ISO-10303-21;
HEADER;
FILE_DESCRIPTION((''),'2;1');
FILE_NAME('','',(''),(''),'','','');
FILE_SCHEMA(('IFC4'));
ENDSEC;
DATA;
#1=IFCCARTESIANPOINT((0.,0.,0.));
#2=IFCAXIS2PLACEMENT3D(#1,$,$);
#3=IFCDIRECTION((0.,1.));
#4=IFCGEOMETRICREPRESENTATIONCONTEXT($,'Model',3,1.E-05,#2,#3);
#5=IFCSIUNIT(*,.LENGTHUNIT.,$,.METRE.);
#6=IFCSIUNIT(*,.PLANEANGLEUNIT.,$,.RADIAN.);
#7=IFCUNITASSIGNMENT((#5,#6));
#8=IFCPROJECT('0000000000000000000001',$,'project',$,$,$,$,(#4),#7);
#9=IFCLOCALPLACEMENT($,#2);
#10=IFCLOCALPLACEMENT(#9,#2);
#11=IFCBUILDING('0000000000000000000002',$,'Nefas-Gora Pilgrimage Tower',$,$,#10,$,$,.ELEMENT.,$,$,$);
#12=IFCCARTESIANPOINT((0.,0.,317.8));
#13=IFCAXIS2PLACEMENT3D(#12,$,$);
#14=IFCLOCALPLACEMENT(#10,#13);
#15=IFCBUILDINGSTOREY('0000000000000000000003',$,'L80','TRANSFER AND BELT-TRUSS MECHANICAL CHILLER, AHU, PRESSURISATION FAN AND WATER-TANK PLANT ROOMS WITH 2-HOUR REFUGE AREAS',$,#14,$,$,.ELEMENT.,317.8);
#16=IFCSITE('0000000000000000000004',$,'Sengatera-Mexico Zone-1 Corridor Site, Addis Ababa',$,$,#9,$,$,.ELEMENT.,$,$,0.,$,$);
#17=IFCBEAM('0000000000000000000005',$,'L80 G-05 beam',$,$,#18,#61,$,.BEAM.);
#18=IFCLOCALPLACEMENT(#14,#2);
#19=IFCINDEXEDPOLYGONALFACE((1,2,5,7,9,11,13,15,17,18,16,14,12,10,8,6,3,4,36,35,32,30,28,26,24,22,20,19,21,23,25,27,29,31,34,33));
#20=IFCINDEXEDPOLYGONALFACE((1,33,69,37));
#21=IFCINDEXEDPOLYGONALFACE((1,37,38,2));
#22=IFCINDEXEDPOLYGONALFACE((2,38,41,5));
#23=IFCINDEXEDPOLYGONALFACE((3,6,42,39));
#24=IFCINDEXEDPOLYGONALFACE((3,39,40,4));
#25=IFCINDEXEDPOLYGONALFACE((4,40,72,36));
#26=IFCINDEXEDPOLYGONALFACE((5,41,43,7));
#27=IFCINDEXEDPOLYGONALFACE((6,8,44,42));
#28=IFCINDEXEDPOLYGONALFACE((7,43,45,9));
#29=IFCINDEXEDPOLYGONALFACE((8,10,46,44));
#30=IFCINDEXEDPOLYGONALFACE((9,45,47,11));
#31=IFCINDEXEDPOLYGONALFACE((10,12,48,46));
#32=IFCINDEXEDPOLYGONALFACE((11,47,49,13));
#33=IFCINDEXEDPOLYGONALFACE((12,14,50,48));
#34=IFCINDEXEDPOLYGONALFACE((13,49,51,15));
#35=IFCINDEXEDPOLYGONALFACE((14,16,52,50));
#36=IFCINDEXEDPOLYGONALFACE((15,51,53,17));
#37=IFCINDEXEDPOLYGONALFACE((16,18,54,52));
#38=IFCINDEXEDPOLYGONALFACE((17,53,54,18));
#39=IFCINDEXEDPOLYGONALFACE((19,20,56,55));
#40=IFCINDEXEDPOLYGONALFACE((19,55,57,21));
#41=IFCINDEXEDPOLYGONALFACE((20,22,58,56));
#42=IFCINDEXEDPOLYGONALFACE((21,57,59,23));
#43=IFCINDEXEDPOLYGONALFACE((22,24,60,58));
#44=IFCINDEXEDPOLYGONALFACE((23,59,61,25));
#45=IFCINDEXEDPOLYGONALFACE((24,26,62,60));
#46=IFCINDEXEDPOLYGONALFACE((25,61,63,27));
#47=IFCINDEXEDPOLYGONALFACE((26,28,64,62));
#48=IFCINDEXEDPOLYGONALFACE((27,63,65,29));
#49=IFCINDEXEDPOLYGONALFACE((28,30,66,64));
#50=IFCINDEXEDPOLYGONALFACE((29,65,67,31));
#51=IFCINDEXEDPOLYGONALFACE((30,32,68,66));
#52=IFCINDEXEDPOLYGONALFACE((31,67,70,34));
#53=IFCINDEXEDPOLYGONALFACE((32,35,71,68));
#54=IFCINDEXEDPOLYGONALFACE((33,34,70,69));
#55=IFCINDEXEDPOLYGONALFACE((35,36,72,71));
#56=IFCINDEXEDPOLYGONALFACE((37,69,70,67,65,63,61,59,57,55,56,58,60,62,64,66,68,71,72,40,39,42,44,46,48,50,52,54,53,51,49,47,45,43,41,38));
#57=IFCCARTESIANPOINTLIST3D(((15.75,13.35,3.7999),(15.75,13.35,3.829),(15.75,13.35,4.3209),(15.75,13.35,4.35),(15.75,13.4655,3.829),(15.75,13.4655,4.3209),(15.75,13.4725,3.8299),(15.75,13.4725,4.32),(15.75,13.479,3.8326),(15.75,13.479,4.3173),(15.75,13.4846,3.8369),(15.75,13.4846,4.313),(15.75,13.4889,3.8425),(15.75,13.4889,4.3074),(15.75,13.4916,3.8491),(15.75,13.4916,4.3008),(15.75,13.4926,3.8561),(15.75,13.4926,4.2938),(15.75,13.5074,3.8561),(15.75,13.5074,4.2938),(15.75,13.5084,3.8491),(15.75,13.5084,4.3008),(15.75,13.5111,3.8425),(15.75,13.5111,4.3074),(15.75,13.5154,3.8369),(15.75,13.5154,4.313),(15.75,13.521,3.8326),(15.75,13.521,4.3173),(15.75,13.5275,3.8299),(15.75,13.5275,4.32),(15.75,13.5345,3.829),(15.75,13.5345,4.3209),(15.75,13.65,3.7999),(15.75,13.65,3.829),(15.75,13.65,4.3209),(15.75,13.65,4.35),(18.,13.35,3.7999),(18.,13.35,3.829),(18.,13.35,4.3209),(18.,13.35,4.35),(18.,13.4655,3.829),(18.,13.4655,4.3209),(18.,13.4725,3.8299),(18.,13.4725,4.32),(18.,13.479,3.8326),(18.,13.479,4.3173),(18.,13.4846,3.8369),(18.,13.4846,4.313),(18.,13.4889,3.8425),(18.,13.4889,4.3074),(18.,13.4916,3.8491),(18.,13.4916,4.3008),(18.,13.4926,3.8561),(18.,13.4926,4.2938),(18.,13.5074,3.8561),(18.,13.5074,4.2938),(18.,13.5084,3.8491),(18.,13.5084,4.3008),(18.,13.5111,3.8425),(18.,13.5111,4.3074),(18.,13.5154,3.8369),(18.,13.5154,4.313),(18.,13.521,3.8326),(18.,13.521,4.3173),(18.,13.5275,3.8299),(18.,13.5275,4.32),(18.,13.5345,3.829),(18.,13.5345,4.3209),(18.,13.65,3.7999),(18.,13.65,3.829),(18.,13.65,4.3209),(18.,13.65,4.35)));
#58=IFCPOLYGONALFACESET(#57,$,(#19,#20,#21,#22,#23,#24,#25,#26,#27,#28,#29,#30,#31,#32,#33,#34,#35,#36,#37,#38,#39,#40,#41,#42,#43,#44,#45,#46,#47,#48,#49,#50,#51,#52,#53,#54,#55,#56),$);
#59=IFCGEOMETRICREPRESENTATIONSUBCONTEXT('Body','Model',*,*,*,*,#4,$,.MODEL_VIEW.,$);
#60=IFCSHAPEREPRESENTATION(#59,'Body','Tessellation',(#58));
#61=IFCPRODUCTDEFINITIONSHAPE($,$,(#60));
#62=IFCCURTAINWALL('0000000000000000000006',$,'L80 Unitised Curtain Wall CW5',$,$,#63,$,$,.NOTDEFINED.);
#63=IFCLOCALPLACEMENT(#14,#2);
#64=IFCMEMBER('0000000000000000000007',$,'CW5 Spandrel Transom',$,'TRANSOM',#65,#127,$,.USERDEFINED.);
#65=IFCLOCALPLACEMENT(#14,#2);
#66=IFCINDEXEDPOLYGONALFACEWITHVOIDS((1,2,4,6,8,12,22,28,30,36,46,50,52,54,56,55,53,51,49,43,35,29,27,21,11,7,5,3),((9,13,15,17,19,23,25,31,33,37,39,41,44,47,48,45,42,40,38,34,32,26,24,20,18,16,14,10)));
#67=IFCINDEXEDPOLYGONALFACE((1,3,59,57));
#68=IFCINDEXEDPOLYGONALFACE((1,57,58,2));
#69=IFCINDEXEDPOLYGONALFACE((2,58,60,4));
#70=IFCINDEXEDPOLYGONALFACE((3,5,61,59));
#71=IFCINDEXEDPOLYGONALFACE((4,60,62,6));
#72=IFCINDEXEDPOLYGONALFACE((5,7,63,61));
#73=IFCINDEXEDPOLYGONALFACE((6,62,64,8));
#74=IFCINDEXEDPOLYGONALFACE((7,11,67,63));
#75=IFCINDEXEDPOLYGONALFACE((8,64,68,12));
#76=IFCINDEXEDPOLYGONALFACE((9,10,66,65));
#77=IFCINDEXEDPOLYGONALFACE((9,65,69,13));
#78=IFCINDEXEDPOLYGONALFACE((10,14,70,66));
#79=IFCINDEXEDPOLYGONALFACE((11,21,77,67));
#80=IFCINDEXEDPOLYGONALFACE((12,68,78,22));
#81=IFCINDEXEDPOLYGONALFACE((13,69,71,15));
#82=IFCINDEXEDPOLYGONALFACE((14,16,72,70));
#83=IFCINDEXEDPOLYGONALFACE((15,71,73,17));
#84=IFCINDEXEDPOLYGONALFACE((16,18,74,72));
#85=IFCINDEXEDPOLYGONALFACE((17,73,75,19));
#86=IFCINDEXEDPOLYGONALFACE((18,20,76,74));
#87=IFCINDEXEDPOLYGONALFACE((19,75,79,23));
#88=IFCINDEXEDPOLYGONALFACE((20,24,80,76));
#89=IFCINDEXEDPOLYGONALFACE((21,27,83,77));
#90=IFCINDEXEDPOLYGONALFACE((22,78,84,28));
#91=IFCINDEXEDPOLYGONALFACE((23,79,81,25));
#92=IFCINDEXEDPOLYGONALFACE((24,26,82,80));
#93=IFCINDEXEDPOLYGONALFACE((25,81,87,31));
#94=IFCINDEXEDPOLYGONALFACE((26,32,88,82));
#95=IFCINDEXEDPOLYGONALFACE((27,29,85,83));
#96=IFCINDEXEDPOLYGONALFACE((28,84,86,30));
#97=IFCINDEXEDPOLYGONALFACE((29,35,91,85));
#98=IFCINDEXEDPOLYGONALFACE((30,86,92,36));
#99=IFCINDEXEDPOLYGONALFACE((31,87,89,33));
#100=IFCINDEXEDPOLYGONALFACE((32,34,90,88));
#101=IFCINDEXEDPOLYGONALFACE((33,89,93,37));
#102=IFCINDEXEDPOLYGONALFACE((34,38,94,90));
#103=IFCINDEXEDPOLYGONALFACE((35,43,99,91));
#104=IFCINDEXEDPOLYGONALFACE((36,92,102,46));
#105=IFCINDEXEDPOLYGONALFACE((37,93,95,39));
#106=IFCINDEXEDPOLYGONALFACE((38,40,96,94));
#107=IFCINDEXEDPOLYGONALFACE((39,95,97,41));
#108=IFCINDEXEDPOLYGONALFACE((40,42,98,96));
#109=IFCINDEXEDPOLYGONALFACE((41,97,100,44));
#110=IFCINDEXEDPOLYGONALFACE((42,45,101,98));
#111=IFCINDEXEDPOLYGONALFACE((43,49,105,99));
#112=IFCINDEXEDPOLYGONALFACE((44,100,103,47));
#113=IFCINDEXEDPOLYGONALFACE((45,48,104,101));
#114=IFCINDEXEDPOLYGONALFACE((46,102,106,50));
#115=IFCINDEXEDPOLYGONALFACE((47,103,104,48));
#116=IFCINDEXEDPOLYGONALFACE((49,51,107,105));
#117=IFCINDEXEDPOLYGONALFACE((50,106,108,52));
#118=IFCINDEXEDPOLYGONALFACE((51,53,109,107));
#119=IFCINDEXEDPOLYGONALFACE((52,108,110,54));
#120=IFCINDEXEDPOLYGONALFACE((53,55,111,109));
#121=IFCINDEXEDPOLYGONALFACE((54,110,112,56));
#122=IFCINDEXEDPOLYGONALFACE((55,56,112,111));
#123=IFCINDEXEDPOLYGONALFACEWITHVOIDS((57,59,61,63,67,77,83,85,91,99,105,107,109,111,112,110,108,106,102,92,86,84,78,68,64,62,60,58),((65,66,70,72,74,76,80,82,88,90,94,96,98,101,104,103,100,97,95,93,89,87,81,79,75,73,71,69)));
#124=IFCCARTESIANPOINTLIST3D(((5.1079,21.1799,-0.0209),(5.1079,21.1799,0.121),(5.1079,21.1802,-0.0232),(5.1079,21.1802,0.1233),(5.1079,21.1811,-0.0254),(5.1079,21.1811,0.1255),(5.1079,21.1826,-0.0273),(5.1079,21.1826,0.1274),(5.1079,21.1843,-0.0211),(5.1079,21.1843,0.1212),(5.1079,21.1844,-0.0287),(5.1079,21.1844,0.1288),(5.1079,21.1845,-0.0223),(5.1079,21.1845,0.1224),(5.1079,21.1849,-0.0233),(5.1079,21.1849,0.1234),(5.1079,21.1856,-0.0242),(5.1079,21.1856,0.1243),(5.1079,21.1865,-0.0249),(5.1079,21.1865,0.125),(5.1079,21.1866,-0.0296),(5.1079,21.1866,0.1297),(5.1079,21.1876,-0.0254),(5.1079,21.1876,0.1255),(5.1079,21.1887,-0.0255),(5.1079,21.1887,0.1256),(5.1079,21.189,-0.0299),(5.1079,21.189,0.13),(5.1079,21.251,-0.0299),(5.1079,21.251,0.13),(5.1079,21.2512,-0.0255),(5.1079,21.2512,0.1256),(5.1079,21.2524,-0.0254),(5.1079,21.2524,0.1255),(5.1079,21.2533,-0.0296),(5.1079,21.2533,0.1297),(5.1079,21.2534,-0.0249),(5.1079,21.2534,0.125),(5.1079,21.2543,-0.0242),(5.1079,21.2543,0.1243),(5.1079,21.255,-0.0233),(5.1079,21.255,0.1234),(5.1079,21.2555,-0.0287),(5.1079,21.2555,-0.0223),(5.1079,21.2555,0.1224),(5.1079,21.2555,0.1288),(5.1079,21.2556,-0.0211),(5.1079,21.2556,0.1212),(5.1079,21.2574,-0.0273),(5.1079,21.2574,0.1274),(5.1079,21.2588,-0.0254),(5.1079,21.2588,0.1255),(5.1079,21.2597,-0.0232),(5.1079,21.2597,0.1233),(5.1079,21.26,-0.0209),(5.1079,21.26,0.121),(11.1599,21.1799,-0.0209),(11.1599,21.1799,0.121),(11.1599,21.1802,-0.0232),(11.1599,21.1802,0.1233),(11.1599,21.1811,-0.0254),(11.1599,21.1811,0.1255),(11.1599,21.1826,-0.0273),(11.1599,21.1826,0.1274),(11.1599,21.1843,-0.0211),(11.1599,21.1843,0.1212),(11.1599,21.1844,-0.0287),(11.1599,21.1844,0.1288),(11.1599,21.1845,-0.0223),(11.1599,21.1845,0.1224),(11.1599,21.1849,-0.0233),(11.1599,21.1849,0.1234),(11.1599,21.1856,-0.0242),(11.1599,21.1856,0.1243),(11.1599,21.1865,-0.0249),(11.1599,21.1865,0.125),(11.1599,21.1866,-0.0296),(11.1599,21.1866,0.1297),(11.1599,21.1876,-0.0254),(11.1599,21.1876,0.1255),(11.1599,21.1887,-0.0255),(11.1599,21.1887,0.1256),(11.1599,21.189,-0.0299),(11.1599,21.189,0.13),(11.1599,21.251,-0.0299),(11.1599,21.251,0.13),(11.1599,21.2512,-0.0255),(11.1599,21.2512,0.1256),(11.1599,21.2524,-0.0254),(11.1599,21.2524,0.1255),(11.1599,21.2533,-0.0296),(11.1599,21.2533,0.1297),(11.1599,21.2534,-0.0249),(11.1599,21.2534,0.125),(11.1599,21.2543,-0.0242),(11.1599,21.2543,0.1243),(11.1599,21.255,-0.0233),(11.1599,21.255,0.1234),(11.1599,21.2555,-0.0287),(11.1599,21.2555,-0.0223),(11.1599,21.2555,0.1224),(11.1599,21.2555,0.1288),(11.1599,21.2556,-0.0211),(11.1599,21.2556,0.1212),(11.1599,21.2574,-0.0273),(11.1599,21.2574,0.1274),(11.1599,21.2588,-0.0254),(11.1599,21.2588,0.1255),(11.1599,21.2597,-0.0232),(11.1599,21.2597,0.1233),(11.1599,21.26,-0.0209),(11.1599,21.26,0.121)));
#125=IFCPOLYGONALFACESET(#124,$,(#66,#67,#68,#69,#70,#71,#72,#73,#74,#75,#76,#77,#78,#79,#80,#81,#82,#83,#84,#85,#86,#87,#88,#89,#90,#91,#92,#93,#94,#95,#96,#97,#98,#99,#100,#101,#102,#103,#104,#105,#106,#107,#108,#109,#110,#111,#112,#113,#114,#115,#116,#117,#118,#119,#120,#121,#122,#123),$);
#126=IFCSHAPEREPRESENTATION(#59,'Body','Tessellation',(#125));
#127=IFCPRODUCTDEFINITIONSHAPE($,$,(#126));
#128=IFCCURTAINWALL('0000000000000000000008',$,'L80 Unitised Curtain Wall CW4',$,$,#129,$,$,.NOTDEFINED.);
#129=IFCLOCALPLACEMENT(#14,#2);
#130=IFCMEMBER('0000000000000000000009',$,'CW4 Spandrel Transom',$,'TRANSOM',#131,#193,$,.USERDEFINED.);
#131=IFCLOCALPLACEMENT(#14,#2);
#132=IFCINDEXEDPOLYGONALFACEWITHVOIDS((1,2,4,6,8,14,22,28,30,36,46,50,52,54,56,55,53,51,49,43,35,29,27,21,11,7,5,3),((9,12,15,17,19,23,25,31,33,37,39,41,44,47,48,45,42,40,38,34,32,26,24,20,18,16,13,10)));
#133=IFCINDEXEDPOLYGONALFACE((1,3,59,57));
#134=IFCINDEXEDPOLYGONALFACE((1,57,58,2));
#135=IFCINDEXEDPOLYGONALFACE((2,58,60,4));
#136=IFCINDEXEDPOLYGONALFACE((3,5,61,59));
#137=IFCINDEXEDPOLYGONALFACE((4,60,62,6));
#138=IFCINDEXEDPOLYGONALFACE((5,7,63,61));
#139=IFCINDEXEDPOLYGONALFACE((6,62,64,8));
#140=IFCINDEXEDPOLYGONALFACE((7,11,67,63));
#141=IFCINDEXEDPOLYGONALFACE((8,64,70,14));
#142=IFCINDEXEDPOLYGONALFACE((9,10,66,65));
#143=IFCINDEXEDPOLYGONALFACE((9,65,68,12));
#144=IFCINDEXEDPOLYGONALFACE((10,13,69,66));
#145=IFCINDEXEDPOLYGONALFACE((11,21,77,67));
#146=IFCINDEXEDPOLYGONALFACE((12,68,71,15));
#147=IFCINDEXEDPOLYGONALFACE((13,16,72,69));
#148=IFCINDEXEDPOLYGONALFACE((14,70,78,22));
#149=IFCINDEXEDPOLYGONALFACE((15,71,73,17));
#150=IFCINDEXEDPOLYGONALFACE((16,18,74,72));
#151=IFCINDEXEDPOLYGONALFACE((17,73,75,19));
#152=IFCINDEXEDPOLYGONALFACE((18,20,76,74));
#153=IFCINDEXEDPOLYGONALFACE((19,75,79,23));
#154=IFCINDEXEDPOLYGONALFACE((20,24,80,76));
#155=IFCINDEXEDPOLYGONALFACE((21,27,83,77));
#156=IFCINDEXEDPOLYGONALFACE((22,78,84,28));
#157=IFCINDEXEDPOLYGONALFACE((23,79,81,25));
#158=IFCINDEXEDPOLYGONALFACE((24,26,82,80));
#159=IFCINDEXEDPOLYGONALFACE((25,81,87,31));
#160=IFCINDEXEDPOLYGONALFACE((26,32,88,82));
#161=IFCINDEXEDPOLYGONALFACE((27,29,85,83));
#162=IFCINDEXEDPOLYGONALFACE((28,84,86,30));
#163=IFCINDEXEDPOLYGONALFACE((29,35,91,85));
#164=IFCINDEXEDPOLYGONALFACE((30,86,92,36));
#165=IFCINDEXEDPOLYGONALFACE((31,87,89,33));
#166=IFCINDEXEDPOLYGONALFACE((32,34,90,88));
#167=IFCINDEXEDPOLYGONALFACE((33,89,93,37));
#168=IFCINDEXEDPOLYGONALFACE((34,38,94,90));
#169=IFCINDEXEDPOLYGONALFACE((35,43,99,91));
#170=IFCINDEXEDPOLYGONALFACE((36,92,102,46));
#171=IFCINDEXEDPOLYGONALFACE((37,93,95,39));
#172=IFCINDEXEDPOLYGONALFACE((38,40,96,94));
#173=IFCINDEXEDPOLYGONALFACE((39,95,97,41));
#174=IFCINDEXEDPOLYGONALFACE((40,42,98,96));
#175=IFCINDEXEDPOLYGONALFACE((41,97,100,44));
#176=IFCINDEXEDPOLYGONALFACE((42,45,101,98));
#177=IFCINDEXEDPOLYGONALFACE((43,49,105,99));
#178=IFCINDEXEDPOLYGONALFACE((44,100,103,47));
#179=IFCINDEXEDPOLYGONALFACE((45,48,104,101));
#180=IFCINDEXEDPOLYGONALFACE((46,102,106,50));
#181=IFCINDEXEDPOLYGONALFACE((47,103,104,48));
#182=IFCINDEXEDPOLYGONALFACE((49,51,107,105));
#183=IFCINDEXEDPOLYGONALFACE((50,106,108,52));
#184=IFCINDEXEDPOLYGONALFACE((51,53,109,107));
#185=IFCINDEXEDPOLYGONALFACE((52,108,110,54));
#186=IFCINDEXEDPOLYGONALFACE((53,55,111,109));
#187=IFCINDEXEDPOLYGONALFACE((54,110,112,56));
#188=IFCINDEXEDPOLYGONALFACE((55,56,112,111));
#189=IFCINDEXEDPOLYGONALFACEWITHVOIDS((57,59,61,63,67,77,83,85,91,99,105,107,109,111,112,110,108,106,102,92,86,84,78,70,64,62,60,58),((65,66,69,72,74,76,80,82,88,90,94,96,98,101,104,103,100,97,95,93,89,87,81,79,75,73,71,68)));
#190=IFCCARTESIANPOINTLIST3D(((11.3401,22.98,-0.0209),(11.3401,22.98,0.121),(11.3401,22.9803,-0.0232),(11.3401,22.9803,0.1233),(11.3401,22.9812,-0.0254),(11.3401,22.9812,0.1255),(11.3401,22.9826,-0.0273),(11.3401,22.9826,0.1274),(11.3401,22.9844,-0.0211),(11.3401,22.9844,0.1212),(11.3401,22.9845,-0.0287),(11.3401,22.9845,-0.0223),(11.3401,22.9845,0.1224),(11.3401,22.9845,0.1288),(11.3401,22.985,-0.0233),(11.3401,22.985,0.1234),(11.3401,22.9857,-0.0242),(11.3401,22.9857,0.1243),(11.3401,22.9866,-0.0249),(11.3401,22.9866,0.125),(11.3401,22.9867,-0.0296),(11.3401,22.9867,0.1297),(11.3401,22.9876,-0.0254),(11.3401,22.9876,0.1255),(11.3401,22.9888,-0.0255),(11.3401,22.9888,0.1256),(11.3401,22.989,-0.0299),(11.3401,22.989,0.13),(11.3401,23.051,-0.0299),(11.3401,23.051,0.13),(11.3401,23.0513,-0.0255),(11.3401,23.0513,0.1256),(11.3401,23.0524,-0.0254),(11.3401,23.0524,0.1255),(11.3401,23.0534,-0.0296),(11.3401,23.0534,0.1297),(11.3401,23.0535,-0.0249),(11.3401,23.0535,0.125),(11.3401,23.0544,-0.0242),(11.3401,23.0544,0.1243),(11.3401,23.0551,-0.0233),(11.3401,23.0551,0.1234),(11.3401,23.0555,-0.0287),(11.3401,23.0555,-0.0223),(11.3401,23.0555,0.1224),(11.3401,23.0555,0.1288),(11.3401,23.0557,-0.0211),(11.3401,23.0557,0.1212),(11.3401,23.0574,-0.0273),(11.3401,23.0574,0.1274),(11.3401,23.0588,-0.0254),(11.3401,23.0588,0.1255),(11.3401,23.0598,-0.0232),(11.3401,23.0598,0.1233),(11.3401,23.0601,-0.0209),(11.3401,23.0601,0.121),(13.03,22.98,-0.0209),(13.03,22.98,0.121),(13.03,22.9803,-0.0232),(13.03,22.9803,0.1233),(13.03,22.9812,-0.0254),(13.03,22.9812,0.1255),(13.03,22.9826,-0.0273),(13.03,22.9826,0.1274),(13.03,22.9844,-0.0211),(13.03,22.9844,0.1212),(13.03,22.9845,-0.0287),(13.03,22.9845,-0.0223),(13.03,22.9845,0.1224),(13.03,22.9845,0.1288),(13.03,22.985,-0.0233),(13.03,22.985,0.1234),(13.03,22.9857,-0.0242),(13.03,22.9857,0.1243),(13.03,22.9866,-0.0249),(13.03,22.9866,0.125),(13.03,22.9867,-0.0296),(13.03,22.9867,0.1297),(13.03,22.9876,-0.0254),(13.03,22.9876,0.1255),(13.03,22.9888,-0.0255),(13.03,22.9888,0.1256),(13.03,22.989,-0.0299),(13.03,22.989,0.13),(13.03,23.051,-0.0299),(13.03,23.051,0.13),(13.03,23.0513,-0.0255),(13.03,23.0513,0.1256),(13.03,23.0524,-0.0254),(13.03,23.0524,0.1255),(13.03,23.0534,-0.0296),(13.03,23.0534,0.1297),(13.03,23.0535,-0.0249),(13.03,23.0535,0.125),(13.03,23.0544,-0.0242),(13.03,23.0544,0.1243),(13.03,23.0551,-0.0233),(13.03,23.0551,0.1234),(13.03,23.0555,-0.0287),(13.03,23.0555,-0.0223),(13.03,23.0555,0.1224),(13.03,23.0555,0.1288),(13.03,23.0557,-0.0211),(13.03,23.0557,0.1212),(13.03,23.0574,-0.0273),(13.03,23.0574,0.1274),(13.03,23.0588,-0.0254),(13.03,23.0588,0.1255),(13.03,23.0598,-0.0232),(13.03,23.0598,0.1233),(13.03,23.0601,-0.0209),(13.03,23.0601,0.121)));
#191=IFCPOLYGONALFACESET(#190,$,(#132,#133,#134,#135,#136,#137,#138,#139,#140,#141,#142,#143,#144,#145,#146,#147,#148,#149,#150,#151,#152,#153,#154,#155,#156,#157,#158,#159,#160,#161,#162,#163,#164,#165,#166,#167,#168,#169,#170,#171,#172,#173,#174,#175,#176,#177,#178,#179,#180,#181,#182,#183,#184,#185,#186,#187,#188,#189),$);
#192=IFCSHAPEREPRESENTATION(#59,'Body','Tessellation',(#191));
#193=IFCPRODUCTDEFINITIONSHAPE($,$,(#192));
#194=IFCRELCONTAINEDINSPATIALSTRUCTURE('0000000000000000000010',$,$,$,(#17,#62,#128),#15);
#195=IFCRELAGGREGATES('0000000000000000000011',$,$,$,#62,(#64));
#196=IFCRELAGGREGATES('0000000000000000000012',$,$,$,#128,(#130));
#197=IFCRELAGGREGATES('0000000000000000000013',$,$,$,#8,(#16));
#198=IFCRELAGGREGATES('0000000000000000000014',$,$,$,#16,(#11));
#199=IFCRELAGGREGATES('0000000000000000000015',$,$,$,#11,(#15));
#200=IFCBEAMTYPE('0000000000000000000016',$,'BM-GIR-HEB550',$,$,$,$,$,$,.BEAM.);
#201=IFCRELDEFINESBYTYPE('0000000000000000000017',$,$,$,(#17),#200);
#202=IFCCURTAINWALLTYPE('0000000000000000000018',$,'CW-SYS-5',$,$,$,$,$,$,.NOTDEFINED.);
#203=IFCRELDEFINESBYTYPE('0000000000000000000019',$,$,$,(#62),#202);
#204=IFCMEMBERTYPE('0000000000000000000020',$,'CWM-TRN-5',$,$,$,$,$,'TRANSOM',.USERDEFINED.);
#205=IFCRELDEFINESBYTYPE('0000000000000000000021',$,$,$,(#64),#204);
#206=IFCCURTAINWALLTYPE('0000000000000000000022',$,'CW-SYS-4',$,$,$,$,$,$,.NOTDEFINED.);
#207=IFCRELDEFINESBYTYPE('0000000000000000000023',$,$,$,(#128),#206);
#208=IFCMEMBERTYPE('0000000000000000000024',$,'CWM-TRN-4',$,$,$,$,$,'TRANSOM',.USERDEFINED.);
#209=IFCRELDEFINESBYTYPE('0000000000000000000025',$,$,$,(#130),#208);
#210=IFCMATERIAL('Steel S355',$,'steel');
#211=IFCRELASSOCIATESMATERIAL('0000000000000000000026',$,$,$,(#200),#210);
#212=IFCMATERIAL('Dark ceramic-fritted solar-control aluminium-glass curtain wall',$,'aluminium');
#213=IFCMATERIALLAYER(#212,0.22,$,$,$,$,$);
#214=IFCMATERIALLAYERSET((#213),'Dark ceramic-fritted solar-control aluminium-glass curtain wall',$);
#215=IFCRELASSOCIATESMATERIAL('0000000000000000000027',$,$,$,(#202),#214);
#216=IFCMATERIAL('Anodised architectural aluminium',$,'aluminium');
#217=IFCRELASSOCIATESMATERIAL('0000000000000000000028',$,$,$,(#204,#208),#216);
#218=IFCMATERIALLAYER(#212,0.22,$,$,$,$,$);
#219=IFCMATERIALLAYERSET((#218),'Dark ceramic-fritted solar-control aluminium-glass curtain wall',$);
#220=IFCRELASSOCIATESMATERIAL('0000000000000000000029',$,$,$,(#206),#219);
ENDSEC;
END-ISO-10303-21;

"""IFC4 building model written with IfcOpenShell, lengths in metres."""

from ifc_helpers import new_model, si_unit, direction, frame, origin, origin_2d, place, context, subcontext, project, spatial, hollow_rectangle, i_section, extrude, source, transform, mapped, material, layer, layer_set, material_profile, profile_set, type_object, element, aggregate, save


model = new_model("IFC4")

# Units and contexts
model_context = context("Model", 3, precision=1e-05, world=origin(), true_north=direction((0.0, 1.0)))
body_context = subcontext(model_context, "Body", "Model", "MODEL_VIEW")
ifc_project = project(units=[si_unit("LENGTHUNIT", "METRE"), si_unit("PLANEANGLEUNIT", "RADIAN")], contexts=[model_context])

# Site, building, storey
site_placement = place(None, origin())
site = spatial("IfcSite", under=ifc_project, at=site_placement, Name="Sengatera-Mexico Zone-1 Corridor Site, Addis Ababa", CompositionType="ELEMENT", RefElevation=0.0)
building_placement = place(site_placement, origin())
building = spatial("IfcBuilding", under=site, at=building_placement, Name="Nefas-Gora Pilgrimage Tower", CompositionType="ELEMENT")
storey_placement = place(building_placement, frame((0.0, 0.0, 317.8)))
storey = spatial("IfcBuildingStorey", under=building, at=storey_placement, Name="L80", Description="TRANSFER AND BELT-TRUSS MECHANICAL CHILLER, AHU, PRESSURISATION FAN AND WATER-TANK PLANT ROOMS WITH 2-HOUR REFUGE AREAS", CompositionType="ELEMENT", Elevation=317.8)

# Shared definitions
ifc_material_1 = material(Name="Steel S355", Category="steel")

# Beam
ifc_material_profile_1 = material_profile(ifc_material_1, i_section(OverallWidth=0.3, OverallDepth=0.55, WebThickness=0.0149, FlangeThickness=0.0291, FilletRadius=0.0271, at=origin_2d()), Name="HEB 550")
ifc_profile_set_1 = profile_set([ifc_material_profile_1], Name="Steel S355")
beam_type = type_object("IfcBeamType", Name="BM-GIR-HEB550", PredefinedType="BEAM", material=ifc_profile_set_1)
shared_shape_1 = source(origin(), body_context, "Body", "SweptSolid", [
    extrude(i_section(OverallWidth=0.3, OverallDepth=0.55, WebThickness=0.0149, FlangeThickness=0.0291, FilletRadius=0.0271, at=origin_2d()), origin(), (0.0, 0.0, 1.0), 2.25),
])
beam_placement = place(storey_placement, frame((15.75, 13.5, 4.075), z_axis=(1.0, 0.0, 0.0), x_axis=(0.0, 1.0, 0.0)))
element("IfcBeam", 1, at=beam_placement, inside=storey, type_object=beam_type, Name="L80 G-05 beam", PredefinedType="BEAM", context=body_context, shape_type="MappedRepresentation", body=[
    mapped(shared_shape_1, transform((0.0, 0.0, 0.0), x_axis=(1.0, 0.0, 0.0), y_axis=(0.0, 1.0, 0.0), z_axis=(0.0, 0.0, 1.0), scale=1.0)),
])

# Curtain walls, members
ifc_material_2 = material(Name="Dark ceramic-fritted solar-control aluminium-glass curtain wall", Category="aluminium")
ifc_layer_1 = layer(ifc_material_2, 0.22)
ifc_layer_set_1 = layer_set([ifc_layer_1], Name="Dark ceramic-fritted solar-control aluminium-glass curtain wall")
curtain_wall_type_1 = type_object("IfcCurtainWallType", Name="CW-SYS-5", PredefinedType="NOTDEFINED", material=ifc_layer_set_1)
curtain_wall_1_placement = place(storey_placement, origin())
curtain_wall_1 = element("IfcCurtainWall", 2, at=curtain_wall_1_placement, inside=storey, type_object=curtain_wall_type_1, Name="L80 Unitised Curtain Wall CW5", PredefinedType="NOTDEFINED")
ifc_material_3 = material(Name="Anodised architectural aluminium", Category="aluminium")
ifc_material_profile_2 = material_profile(ifc_material_3, hollow_rectangle(XDim=0.0801, YDim=0.1599, WallThickness=0.0044, InnerFilletRadius=0.0044, OuterFilletRadius=0.009, at=origin_2d()), Name="ALU TRANSOM 80x160")
ifc_profile_set_2 = profile_set([ifc_material_profile_2], Name="Anodised architectural aluminium")
member_type_1 = type_object("IfcMemberType", Name="CWM-TRN-5", ElementType="TRANSOM", PredefinedType="USERDEFINED", material=ifc_profile_set_2)
shared_shape_2 = source(origin(), body_context, "Body", "SweptSolid", [
    extrude(hollow_rectangle(XDim=0.0801, YDim=0.1599, WallThickness=0.0044, InnerFilletRadius=0.0044, OuterFilletRadius=0.009, at=origin_2d()), origin(), (0.0, 0.0, 1.0), 6.052),
])
member_1_placement = place(storey_placement, frame((11.1599, 21.22, 0.05), z_axis=(-1.0, 0.0, 0.0), x_axis=(0.0, -1.0, 0.0)))
member_1 = element("IfcMember", 3, at=member_1_placement, type_object=member_type_1, Name="CW5 Spandrel Transom", ObjectType="TRANSOM", PredefinedType="USERDEFINED", context=body_context, shape_type="MappedRepresentation", body=[
    mapped(shared_shape_2, transform((0.0, 0.0, 0.0), x_axis=(1.0, 0.0, 0.0), y_axis=(0.0, 1.0, 0.0), z_axis=(0.0, 0.0, 1.0), scale=1.0)),
])
ifc_layer_2 = layer(ifc_material_2, 0.22)
ifc_layer_set_2 = layer_set([ifc_layer_2], Name="Dark ceramic-fritted solar-control aluminium-glass curtain wall")
curtain_wall_type_2 = type_object("IfcCurtainWallType", Name="CW-SYS-4", PredefinedType="NOTDEFINED", material=ifc_layer_set_2)
curtain_wall_2_placement = place(storey_placement, origin())
curtain_wall_2 = element("IfcCurtainWall", 4, at=curtain_wall_2_placement, inside=storey, type_object=curtain_wall_type_2, Name="L80 Unitised Curtain Wall CW4", PredefinedType="NOTDEFINED")
ifc_material_profile_3 = material_profile(ifc_material_3, hollow_rectangle(XDim=0.0801, YDim=0.1599, WallThickness=0.0044, InnerFilletRadius=0.0044, OuterFilletRadius=0.009, at=origin_2d()), Name="ALU TRANSOM 80x160")
ifc_profile_set_3 = profile_set([ifc_material_profile_3], Name="Anodised architectural aluminium")
member_type_2 = type_object("IfcMemberType", Name="CWM-TRN-4", ElementType="TRANSOM", PredefinedType="USERDEFINED", material=ifc_profile_set_3)
shared_shape_3 = source(origin(), body_context, "Body", "SweptSolid", [
    extrude(hollow_rectangle(XDim=0.0801, YDim=0.1599, WallThickness=0.0044, InnerFilletRadius=0.0044, OuterFilletRadius=0.009, at=origin_2d()), origin(), (0.0, 0.0, 1.0), 1.6899),
])
member_2_placement = place(storey_placement, frame((13.03, 23.02, 0.05), z_axis=(-1.0, 0.0, 0.0), x_axis=(0.0, -1.0, 0.0)))
member_2 = element("IfcMember", 5, at=member_2_placement, type_object=member_type_2, Name="CW4 Spandrel Transom", ObjectType="TRANSOM", PredefinedType="USERDEFINED", context=body_context, shape_type="MappedRepresentation", body=[
    mapped(shared_shape_3, transform((0.0, 0.0, 0.0), x_axis=(1.0, 0.0, 0.0), y_axis=(0.0, 1.0, 0.0), z_axis=(0.0, 0.0, 1.0), scale=1.0)),
])

aggregate(curtain_wall_1, [member_1])

aggregate(curtain_wall_2, [member_2])

save(model, "model.ifc")
